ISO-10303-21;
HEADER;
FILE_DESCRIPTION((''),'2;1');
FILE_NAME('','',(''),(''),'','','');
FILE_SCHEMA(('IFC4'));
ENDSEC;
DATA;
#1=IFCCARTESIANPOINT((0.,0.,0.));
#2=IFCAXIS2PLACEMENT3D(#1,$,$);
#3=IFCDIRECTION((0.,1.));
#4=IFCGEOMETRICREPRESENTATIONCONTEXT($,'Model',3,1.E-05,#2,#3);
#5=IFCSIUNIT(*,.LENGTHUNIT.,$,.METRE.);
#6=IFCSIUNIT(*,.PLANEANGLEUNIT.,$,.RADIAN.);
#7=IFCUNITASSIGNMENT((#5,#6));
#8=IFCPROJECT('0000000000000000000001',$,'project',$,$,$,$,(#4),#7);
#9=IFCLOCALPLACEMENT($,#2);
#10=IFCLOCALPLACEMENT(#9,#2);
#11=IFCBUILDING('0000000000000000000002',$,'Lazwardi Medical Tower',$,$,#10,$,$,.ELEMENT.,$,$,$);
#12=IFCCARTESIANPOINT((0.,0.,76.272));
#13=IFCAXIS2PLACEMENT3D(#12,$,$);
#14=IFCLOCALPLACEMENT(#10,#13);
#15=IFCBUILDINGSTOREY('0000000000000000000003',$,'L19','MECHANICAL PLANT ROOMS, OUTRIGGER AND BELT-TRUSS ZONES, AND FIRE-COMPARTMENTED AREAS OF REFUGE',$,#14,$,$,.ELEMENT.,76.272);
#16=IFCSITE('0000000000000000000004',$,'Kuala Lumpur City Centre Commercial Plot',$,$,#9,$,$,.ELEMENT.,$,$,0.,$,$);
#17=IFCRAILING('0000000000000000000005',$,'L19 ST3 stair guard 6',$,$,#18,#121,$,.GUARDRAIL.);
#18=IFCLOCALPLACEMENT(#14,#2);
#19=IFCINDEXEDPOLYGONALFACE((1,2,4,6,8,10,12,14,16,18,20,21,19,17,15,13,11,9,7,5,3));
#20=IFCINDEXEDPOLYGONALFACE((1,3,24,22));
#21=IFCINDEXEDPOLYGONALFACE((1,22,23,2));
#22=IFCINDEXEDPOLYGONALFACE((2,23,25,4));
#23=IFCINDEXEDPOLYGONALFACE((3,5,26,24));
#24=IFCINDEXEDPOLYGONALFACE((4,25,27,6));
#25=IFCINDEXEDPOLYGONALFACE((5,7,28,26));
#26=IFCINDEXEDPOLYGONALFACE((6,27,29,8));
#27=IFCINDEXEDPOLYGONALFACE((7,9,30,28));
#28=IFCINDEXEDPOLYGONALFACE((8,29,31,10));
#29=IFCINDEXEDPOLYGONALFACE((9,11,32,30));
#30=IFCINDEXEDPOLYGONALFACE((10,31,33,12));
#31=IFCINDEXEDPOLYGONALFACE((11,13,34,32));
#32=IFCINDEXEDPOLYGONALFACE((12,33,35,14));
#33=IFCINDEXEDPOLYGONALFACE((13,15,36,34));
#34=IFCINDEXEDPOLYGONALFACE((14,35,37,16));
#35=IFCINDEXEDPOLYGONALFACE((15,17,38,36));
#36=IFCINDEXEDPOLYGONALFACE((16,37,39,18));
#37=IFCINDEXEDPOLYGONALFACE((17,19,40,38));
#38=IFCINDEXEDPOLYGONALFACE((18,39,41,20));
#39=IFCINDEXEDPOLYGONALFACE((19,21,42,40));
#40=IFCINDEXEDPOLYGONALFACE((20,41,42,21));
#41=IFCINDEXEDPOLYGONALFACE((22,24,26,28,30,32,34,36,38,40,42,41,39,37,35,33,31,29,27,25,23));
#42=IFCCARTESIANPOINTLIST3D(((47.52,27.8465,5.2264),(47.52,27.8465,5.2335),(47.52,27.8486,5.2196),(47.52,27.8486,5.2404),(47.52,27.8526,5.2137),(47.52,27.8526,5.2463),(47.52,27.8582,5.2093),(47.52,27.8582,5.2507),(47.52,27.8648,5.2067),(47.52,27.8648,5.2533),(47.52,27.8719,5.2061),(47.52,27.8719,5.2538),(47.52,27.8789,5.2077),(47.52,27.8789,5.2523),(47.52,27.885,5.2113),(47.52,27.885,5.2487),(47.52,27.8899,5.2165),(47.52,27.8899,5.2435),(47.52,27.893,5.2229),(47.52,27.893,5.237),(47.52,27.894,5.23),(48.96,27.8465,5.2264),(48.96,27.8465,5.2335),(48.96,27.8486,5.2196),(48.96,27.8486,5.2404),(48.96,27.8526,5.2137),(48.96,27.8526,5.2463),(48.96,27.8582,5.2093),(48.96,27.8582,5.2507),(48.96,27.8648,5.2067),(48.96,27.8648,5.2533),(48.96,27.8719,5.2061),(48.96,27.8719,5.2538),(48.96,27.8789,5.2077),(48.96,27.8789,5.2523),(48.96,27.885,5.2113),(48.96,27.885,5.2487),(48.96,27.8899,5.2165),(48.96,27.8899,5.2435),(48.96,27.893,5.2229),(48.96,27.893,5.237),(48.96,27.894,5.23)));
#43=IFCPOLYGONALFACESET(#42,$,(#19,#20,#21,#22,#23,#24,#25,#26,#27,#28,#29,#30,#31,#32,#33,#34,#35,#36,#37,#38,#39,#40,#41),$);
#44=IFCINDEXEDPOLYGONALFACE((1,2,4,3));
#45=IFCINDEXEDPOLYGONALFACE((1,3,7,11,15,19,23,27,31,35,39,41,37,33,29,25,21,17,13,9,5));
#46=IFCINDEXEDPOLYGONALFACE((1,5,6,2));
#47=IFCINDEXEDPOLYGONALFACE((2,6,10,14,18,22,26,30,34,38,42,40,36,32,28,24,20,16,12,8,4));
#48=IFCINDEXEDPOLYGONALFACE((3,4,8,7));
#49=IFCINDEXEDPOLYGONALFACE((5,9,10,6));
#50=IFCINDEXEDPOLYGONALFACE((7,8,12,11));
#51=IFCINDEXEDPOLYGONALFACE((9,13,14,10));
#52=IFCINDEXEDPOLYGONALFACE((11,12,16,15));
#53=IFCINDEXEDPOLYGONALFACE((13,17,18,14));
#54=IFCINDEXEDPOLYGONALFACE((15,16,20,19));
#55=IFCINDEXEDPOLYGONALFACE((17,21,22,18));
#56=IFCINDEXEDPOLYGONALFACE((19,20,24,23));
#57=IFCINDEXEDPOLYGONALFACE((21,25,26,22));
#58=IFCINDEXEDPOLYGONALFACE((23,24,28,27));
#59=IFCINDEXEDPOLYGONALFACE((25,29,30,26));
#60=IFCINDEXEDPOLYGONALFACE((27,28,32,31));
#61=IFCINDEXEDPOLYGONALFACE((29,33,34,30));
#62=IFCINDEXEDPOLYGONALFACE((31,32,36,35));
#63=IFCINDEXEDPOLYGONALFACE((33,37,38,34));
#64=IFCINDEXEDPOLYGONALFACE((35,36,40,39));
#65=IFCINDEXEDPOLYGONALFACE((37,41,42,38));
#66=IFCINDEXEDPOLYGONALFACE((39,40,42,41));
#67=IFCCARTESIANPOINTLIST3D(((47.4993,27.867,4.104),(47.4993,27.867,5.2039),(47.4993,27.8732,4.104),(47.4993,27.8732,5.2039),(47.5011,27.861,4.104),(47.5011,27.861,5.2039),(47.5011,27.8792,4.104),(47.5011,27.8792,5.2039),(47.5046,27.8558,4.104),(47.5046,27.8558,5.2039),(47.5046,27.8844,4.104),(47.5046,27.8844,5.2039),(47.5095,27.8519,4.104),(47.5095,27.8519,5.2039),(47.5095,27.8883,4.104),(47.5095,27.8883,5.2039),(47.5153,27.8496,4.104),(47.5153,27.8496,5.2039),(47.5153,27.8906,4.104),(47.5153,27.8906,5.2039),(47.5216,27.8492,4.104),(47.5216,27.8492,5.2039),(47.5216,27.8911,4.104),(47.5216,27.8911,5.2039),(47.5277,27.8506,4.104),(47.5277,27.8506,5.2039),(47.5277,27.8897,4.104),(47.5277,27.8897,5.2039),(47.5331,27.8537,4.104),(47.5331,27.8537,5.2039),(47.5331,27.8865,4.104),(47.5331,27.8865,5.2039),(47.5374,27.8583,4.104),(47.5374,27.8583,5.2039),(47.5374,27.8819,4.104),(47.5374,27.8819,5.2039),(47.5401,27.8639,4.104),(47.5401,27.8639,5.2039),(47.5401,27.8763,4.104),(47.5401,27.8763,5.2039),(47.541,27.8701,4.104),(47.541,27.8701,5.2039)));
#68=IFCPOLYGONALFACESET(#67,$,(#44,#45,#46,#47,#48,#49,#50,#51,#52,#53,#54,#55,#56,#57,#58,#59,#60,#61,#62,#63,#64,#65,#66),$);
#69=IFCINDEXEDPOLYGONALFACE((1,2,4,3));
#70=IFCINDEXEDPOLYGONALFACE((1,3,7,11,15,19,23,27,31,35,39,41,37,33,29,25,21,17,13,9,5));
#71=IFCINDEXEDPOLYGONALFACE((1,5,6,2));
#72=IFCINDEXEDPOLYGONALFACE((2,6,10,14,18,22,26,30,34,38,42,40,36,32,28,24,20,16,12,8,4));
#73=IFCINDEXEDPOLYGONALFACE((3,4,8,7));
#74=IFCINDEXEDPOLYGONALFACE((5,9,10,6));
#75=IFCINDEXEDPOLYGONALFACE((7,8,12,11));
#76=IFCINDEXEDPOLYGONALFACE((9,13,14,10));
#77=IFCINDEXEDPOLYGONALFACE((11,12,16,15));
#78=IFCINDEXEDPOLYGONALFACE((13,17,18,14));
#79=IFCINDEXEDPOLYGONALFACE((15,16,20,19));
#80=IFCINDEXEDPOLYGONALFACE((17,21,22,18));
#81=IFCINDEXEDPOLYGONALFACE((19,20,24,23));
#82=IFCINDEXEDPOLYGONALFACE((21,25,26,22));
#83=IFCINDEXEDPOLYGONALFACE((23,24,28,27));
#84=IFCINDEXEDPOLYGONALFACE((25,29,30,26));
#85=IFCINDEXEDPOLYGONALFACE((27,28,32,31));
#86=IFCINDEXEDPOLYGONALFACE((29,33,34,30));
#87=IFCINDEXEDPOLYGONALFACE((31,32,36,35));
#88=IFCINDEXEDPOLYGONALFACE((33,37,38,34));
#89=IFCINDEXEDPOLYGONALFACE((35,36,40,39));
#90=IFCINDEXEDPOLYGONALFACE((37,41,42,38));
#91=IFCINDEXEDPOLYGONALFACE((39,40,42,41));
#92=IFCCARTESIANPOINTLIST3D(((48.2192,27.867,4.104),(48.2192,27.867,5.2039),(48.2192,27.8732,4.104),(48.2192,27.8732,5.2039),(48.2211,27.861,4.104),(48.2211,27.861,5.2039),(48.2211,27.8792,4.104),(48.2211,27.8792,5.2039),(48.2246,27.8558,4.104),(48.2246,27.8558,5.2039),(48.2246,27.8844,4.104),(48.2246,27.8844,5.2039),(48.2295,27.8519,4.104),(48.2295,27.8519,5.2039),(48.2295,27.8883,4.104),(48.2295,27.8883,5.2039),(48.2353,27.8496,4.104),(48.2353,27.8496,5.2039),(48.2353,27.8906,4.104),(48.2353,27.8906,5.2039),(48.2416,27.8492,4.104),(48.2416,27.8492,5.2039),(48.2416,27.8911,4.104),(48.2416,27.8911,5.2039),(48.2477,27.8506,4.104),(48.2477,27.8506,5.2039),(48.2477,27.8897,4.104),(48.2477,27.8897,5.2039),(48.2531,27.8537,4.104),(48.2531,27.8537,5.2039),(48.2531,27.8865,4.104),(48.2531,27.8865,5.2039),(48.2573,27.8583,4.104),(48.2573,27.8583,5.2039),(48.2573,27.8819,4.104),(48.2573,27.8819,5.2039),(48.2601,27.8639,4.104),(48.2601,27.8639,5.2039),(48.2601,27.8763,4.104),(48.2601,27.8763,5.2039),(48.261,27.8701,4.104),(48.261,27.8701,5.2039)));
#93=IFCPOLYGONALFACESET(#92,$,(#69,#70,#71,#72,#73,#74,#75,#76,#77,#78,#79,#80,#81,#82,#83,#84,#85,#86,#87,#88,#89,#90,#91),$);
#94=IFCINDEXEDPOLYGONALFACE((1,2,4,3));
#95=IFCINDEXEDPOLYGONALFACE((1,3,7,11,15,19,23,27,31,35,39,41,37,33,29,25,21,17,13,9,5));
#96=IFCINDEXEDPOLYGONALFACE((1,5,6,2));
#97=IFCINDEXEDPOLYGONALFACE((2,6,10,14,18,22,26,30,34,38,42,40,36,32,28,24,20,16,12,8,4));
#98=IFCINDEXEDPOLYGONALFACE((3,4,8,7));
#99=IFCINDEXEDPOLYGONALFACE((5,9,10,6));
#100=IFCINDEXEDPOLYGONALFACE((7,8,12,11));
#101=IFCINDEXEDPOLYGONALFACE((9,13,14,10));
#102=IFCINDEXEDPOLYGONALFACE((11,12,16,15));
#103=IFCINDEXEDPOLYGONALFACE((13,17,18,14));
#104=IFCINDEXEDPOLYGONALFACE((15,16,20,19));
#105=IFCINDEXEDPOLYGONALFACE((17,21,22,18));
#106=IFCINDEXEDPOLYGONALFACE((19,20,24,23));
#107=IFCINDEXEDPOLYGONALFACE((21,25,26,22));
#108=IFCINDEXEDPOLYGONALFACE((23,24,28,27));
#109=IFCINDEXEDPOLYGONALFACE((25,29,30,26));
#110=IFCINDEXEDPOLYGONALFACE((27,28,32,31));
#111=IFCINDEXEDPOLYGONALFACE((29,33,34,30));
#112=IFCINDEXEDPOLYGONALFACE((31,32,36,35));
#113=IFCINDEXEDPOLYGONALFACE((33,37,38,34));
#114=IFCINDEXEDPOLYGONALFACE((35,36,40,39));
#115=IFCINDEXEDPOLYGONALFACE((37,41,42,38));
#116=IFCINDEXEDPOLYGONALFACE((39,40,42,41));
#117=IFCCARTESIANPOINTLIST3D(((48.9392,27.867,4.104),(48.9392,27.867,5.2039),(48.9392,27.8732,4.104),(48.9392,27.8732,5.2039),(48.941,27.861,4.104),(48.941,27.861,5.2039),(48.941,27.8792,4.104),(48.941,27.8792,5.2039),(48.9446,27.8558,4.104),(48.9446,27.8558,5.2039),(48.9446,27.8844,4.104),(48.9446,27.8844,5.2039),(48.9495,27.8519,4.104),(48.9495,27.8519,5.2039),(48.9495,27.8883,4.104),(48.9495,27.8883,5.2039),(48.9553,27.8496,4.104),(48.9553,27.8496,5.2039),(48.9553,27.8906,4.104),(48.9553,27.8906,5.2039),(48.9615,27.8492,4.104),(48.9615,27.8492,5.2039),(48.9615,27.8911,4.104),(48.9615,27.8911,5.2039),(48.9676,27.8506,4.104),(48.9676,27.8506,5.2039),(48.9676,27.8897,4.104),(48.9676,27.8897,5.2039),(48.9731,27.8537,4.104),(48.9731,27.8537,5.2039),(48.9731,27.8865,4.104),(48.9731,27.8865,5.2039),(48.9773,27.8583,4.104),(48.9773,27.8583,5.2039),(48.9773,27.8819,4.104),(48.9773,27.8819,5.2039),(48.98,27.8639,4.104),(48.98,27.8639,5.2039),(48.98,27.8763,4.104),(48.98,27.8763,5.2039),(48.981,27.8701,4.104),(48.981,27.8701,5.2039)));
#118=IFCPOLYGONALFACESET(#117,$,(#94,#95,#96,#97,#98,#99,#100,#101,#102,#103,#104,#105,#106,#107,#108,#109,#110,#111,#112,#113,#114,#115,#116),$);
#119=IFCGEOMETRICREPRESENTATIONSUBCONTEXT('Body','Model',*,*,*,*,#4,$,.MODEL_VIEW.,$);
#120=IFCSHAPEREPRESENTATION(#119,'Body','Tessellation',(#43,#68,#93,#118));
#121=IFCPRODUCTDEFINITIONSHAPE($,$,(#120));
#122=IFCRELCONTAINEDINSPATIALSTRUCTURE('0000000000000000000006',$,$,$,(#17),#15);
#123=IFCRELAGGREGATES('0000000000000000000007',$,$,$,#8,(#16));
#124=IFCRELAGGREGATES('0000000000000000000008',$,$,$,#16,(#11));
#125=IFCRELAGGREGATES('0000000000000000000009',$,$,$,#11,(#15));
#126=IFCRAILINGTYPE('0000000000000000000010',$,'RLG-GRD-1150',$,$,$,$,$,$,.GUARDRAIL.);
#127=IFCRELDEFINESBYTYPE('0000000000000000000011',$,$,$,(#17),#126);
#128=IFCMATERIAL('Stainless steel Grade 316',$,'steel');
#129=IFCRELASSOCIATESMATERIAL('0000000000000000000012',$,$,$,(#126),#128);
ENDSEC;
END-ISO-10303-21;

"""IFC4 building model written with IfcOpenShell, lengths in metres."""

from ifc_helpers import new_model, si_unit, direction, frame, origin, origin_2d, place, context, subcontext, project, spatial, circle, extrude, material, type_object, element, save


model = new_model("IFC4")

# Units and contexts
model_context = context("Model", 3, precision=1e-05, world=origin(), true_north=direction((0.0, 1.0)))
body_context = subcontext(model_context, "Body", "Model", "MODEL_VIEW")
ifc_project = project(units=[si_unit("LENGTHUNIT", "METRE"), si_unit("PLANEANGLEUNIT", "RADIAN")], contexts=[model_context])

# Site, building, storey
site_placement = place(None, origin())
site = spatial("IfcSite", under=ifc_project, at=site_placement, Name="Kuala Lumpur City Centre Commercial Plot", CompositionType="ELEMENT", RefElevation=0.0)
building_placement = place(site_placement, origin())
building = spatial("IfcBuilding", under=site, at=building_placement, Name="Lazwardi Medical Tower", CompositionType="ELEMENT")
storey_placement = place(building_placement, frame((0.0, 0.0, 76.272)))
storey = spatial("IfcBuildingStorey", under=building, at=storey_placement, Name="L19", Description="MECHANICAL PLANT ROOMS, OUTRIGGER AND BELT-TRUSS ZONES, AND FIRE-COMPARTMENTED AREAS OF REFUGE", CompositionType="ELEMENT", Elevation=76.272)

# Railing
ifc_material_1 = material(Name="Stainless steel Grade 316", Category="steel")
railing_type_1 = type_object("IfcRailingType", Name="RLG-GRD-1150", PredefinedType="GUARDRAIL", material=ifc_material_1)
railing_1_placement = place(storey_placement, frame((47.52, 27.8701, 4.104)))
element("IfcRailing", 1, at=railing_1_placement, inside=storey, type_object=railing_type_1, Name="L19 ST3 stair guard 6", PredefinedType="GUARDRAIL", context=body_context, shape_type="SweptSolid", body=[
    extrude(circle(Radius=0.0239, at=origin_2d()), frame((0.0, 0.0, 1.126), z_axis=(1.0, 0.0, 0.0), x_axis=(0.0, 1.0, 0.0)), (0.0, 0.0, 1.0), 1.4399),
    extrude(circle(Radius=0.021, at=origin_2d()), origin(), (0.0, 0.0, 1.0), 1.0999),
    extrude(circle(Radius=0.021, at=origin_2d()), frame((0.72, 0.0, 0.0)), (0.0, 0.0, 1.0), 1.0999),
    extrude(circle(Radius=0.021, at=origin_2d()), frame((1.4399, 0.0, 0.0)), (0.0, 0.0, 1.0), 1.0999),
])

save(model, "model.ifc")
